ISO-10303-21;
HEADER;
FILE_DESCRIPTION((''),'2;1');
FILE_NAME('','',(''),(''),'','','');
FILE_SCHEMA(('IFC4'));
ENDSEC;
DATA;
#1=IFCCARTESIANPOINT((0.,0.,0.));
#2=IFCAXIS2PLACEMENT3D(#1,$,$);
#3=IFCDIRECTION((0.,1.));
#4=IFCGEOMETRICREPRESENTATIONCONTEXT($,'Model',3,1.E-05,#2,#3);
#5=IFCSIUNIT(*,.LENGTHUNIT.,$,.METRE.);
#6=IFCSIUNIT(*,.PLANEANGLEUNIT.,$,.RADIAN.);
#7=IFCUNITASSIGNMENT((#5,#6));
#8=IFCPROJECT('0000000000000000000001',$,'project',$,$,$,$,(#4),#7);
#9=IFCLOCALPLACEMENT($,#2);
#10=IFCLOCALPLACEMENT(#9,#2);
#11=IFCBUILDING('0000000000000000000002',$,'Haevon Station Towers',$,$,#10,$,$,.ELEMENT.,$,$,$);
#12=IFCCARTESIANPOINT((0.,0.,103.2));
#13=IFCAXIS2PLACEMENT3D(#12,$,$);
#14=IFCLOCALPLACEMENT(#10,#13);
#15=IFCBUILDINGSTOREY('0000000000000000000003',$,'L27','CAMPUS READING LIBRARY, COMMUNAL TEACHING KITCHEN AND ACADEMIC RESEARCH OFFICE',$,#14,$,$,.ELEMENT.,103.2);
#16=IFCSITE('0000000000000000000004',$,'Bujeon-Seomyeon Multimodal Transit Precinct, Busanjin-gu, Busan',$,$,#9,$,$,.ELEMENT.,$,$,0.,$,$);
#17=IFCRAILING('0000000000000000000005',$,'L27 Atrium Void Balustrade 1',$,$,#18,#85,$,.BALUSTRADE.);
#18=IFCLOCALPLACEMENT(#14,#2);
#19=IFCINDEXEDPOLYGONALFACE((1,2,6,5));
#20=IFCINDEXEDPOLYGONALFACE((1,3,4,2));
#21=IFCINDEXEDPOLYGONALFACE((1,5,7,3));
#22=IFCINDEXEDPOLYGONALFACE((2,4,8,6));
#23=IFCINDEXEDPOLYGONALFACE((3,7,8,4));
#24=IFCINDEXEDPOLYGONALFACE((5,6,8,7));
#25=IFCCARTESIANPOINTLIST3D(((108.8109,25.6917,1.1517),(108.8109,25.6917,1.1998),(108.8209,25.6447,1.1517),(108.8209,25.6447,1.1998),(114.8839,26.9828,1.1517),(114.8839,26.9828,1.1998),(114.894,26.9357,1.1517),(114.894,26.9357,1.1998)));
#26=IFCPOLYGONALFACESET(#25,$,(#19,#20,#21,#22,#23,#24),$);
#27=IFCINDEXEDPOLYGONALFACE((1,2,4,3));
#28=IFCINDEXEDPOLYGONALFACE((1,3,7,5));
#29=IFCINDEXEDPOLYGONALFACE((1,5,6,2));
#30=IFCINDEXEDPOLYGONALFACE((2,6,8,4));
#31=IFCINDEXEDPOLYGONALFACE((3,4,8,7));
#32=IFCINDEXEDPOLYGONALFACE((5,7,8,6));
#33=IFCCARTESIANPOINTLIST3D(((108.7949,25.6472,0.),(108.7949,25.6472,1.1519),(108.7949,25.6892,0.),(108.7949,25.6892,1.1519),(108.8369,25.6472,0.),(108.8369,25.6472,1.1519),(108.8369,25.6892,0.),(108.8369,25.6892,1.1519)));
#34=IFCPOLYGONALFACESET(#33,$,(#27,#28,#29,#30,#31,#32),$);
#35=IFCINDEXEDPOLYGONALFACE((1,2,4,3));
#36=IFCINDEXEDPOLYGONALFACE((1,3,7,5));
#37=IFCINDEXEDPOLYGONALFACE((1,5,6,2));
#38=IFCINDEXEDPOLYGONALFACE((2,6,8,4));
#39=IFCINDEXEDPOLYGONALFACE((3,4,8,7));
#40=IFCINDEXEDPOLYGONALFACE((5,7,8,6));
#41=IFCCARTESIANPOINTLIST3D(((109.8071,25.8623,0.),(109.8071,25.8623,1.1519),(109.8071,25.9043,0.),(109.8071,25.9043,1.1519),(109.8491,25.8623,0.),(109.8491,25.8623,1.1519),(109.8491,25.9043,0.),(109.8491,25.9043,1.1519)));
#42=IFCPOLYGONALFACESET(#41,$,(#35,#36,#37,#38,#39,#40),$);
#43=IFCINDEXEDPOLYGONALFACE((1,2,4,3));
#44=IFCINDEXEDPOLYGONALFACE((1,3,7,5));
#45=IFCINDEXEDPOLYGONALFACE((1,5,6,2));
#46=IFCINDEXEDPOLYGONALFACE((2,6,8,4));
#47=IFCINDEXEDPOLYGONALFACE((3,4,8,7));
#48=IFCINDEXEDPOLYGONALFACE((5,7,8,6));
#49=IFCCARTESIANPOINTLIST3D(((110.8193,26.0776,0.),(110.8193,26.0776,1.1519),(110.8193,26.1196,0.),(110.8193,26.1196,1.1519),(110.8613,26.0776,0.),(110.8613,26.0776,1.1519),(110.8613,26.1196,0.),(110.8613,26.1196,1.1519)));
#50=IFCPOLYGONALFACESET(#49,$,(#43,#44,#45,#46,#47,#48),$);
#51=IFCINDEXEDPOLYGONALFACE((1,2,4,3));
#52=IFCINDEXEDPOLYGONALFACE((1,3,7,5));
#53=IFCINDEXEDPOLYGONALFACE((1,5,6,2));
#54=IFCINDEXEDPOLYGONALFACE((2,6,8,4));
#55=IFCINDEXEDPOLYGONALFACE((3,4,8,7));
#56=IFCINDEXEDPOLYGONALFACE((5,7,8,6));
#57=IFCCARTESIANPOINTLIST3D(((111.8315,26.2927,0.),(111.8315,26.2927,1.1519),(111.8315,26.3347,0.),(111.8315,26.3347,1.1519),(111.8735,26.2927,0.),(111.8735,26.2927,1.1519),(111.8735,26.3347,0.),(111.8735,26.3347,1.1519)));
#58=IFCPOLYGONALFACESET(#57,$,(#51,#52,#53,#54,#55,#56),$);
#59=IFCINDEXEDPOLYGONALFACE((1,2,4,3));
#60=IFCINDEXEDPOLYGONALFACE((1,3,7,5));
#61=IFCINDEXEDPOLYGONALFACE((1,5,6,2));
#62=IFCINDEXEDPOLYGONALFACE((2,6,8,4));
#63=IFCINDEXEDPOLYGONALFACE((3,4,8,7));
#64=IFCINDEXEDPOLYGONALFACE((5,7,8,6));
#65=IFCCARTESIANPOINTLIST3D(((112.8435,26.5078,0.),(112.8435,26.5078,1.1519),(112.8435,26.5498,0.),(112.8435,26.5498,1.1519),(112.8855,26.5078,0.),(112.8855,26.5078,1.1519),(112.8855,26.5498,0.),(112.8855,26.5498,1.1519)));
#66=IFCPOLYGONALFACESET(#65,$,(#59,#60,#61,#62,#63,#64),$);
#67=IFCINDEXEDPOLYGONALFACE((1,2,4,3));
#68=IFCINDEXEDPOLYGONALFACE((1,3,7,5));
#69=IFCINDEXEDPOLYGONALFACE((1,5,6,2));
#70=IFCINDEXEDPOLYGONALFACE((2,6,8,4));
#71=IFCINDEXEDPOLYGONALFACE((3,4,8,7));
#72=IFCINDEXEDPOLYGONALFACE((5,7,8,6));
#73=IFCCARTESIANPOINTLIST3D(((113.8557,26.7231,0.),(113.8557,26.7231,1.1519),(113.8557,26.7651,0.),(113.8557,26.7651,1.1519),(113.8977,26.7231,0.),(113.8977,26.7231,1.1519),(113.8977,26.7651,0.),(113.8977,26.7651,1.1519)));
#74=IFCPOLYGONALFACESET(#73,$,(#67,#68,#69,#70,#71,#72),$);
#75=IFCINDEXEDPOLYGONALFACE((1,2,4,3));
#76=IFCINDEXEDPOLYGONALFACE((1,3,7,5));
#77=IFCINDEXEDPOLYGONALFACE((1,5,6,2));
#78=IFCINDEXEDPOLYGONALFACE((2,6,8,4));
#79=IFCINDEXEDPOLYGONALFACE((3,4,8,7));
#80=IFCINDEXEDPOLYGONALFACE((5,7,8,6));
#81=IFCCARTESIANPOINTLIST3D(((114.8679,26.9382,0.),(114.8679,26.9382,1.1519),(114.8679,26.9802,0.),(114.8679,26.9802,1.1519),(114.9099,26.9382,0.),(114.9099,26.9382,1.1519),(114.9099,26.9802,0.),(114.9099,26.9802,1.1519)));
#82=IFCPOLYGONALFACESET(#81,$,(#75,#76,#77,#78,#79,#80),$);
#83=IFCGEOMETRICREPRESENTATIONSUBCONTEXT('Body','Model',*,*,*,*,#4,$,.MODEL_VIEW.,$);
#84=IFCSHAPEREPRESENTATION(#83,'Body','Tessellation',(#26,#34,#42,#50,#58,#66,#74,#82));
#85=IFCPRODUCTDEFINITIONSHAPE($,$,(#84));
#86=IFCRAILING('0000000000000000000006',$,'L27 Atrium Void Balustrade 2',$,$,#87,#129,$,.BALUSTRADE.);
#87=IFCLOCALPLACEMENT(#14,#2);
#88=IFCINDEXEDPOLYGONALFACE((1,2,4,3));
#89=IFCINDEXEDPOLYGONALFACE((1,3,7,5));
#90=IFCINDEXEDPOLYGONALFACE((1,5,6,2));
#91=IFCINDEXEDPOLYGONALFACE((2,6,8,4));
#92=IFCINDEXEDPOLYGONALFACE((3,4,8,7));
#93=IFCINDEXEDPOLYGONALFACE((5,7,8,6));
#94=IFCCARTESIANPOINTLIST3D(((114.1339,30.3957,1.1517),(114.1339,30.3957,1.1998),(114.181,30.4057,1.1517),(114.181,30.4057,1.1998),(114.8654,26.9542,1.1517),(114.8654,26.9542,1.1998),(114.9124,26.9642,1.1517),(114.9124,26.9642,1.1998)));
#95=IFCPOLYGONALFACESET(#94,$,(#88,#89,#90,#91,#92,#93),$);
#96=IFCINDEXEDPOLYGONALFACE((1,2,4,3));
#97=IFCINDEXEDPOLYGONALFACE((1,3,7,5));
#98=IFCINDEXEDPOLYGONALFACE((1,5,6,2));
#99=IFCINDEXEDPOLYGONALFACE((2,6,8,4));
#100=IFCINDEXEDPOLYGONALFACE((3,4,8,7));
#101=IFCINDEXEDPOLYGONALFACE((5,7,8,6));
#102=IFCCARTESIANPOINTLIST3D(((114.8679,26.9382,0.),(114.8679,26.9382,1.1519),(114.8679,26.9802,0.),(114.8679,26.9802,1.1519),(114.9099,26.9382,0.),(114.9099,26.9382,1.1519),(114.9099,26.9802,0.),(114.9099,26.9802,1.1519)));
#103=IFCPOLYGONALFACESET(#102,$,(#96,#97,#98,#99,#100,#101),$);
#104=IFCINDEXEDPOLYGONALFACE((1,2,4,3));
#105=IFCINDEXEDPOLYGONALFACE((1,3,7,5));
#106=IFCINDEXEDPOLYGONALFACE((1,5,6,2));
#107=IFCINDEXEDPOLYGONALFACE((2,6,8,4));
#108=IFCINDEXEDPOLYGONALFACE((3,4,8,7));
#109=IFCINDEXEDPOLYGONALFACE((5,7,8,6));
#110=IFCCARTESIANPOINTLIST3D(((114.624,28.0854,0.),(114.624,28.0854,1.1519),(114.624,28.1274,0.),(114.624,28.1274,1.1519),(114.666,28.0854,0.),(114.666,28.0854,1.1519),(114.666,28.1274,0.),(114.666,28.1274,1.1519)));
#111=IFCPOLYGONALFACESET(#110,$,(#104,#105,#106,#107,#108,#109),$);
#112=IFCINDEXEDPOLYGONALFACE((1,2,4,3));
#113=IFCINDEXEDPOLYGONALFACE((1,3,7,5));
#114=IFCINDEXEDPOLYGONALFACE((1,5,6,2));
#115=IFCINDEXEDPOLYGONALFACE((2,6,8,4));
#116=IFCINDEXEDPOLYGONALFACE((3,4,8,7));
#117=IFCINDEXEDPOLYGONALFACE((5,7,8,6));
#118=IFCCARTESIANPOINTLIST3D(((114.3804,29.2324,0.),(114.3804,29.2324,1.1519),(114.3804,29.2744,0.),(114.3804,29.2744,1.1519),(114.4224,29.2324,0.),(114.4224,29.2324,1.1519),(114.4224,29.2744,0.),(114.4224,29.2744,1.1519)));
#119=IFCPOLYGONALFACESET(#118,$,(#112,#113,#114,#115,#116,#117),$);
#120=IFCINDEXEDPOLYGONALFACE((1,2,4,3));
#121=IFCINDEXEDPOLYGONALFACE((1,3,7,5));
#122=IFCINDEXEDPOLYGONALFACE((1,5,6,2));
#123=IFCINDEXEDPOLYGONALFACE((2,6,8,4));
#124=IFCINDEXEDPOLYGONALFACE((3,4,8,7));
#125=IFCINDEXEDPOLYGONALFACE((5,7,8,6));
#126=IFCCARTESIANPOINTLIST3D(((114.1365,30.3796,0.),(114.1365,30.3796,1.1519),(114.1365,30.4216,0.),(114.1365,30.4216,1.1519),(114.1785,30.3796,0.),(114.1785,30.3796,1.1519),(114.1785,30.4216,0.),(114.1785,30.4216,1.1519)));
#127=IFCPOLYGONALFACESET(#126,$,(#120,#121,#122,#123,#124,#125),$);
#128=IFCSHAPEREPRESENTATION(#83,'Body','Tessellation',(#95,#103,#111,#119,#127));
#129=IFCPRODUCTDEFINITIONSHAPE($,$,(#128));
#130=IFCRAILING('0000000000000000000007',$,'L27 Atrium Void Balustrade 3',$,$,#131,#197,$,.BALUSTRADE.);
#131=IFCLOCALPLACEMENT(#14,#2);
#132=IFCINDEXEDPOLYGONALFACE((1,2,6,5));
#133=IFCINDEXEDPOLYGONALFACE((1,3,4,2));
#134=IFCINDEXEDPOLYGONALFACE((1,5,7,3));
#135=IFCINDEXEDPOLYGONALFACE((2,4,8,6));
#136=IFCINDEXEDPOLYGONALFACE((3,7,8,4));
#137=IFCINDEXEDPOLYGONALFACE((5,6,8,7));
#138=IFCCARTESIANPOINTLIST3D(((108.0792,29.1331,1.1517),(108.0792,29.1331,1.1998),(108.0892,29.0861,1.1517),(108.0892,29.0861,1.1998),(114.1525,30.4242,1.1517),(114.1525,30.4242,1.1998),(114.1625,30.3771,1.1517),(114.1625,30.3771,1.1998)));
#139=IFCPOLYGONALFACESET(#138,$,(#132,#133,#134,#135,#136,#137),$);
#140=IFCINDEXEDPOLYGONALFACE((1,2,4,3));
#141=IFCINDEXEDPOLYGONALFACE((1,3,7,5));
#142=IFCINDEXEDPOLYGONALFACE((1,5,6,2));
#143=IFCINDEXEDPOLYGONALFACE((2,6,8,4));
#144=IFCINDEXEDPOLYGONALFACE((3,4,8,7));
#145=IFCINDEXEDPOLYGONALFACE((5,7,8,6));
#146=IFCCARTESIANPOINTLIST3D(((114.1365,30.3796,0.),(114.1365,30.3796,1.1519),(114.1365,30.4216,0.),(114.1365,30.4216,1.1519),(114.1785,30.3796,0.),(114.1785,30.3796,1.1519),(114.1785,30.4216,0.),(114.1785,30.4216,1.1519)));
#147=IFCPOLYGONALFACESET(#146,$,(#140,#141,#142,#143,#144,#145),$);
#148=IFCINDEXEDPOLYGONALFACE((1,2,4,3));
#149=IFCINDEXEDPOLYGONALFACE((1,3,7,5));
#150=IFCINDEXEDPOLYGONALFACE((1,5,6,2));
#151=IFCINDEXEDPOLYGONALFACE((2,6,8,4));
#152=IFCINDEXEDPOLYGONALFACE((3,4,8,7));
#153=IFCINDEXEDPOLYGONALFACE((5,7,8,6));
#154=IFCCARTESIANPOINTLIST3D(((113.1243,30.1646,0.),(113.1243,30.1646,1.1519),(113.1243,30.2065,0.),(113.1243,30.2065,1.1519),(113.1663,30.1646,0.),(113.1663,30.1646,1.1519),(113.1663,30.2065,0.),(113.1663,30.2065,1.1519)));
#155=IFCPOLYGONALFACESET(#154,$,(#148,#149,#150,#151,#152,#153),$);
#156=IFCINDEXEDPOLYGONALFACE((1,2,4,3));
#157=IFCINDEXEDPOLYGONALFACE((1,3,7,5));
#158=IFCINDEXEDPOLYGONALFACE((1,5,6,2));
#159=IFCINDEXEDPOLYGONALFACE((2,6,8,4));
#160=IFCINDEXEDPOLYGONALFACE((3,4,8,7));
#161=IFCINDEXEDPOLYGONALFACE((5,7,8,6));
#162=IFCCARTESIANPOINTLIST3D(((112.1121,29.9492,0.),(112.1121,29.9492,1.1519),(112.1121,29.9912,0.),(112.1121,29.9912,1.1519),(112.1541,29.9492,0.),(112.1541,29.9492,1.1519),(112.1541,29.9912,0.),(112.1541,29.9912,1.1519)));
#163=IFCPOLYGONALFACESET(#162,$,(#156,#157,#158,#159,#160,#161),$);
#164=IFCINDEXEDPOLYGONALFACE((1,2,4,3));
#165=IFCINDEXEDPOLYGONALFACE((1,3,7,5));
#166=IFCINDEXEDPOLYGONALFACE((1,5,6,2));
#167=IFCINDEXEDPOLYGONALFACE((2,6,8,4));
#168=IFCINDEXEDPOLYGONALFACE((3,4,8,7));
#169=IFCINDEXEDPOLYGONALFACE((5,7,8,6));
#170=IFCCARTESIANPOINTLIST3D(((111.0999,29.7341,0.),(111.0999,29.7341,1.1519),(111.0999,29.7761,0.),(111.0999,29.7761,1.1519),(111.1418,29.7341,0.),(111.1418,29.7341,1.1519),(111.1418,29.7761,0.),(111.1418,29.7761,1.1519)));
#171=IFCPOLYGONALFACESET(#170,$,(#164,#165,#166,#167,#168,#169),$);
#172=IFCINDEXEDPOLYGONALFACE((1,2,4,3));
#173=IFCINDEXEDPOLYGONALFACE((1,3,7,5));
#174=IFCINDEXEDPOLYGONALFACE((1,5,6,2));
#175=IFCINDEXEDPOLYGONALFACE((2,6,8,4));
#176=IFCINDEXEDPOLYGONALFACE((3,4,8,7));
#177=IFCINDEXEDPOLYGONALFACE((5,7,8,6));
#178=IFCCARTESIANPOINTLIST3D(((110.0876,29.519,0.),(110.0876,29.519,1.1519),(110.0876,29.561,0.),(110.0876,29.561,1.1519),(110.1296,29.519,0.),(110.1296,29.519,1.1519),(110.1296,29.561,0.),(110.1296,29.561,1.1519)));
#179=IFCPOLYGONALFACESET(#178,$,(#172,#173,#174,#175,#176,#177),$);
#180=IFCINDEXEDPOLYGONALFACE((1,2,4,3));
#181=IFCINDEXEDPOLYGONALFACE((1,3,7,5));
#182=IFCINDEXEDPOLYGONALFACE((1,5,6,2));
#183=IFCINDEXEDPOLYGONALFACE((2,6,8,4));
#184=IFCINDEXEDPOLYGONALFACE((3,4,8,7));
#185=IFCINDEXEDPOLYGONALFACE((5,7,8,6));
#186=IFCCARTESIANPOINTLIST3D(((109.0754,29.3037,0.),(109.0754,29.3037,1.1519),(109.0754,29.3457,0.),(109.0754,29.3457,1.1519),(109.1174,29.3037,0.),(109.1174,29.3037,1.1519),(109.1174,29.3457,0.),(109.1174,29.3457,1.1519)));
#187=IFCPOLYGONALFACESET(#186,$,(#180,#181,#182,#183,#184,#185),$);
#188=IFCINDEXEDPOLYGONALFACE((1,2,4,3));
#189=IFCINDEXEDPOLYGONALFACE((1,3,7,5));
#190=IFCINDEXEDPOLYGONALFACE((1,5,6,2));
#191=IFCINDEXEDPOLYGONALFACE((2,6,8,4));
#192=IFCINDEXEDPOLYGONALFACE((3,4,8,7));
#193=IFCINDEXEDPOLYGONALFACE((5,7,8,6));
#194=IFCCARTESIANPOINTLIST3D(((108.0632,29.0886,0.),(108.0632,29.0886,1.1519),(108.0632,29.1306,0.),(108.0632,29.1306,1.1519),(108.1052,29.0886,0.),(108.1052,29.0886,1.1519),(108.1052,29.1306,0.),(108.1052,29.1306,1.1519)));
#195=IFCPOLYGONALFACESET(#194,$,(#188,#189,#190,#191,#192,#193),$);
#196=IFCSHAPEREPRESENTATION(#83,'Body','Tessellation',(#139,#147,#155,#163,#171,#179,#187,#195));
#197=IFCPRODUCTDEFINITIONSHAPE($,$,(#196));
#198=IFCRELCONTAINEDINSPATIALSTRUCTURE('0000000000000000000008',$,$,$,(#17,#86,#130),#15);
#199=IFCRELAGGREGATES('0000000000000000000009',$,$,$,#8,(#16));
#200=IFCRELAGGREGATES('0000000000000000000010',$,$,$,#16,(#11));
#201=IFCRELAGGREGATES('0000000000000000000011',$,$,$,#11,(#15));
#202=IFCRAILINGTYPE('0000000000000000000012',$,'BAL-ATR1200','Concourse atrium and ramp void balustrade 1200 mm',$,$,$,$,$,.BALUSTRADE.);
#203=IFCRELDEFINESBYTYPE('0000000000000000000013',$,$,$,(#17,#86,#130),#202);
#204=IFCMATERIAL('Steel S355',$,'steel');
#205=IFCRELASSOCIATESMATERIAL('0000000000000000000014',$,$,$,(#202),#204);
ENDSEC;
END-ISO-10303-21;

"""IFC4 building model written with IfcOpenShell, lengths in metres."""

from ifc_helpers import new_model, si_unit, direction, frame, origin, origin_2d, place, context, subcontext, project, spatial, rectangle, extrude, material, type_object, element, save


model = new_model("IFC4")

# Units and contexts
model_context = context("Model", 3, precision=1e-05, world=origin(), true_north=direction((0.0, 1.0)))
body_context = subcontext(model_context, "Body", "Model", "MODEL_VIEW")
ifc_project = project(units=[si_unit("LENGTHUNIT", "METRE"), si_unit("PLANEANGLEUNIT", "RADIAN")], contexts=[model_context])

# Site, building, storey
site_placement = place(None, origin())
site = spatial("IfcSite", under=ifc_project, at=site_placement, Name="Bujeon-Seomyeon Multimodal Transit Precinct, Busanjin-gu, Busan", CompositionType="ELEMENT", RefElevation=0.0)
building_placement = place(site_placement, origin())
building = spatial("IfcBuilding", under=site, at=building_placement, Name="Haevon Station Towers", CompositionType="ELEMENT")
storey_placement = place(building_placement, frame((0.0, 0.0, 103.2)))
storey = spatial("IfcBuildingStorey", under=building, at=storey_placement, Name="L27", Description="CAMPUS READING LIBRARY, COMMUNAL TEACHING KITCHEN AND ACADEMIC RESEARCH OFFICE", CompositionType="ELEMENT", Elevation=103.2)

# Shared definitions
ifc_material_1 = material(Name="Steel S355", Category="steel")

# Railings
railing_type_1 = type_object("IfcRailingType", Name="BAL-ATR1200", Description="Concourse atrium and ramp void balustrade 1200 mm", PredefinedType="BALUSTRADE", material=ifc_material_1)
railing_1_placement = place(storey_placement, frame((108.8159, 25.6682, 0.0)))
element("IfcRailing", 1, at=railing_1_placement, inside=storey, type_object=railing_type_1, Name="L27 Atrium Void Balustrade 1", PredefinedType="BALUSTRADE", context=body_context, shape_type="SweptSolid", body=[
    extrude(rectangle(XDim=0.0481, YDim=0.0481, at=origin_2d()), frame((0.0, 0.0, 1.1758), z_axis=(0.978142, 0.207936, 0.0), x_axis=(-0.207936, 0.978142, 0.0)), (0.0, 0.0, 1.0), 6.2087),
    extrude(rectangle(XDim=0.042, YDim=0.042, at=origin_2d()), origin(), (0.0, 0.0, 1.0), 1.1519),
    extrude(rectangle(XDim=0.042, YDim=0.042, at=origin_2d()), frame((1.0122, 0.2151, 0.0)), (0.0, 0.0, 1.0), 1.1519),
    extrude(rectangle(XDim=0.042, YDim=0.042, at=origin_2d()), frame((2.0244, 0.4304, 0.0)), (0.0, 0.0, 1.0), 1.1519),
    extrude(rectangle(XDim=0.042, YDim=0.042, at=origin_2d()), frame((3.0366, 0.6455, 0.0)), (0.0, 0.0, 1.0), 1.1519),
    extrude(rectangle(XDim=0.042, YDim=0.042, at=origin_2d()), frame((4.0486, 0.8606, 0.0)), (0.0, 0.0, 1.0), 1.1519),
    extrude(rectangle(XDim=0.042, YDim=0.042, at=origin_2d()), frame((5.0608, 1.0759, 0.0)), (0.0, 0.0, 1.0), 1.1519),
    extrude(rectangle(XDim=0.042, YDim=0.042, at=origin_2d()), frame((6.073, 1.291, 0.0)), (0.0, 0.0, 1.0), 1.1519),
])
railing_2_placement = place(storey_placement, frame((114.8889, 26.9592, 0.0)))
element("IfcRailing", 2, at=railing_2_placement, inside=storey, type_object=railing_type_1, Name="L27 Atrium Void Balustrade 2", PredefinedType="BALUSTRADE", context=body_context, shape_type="SweptSolid", body=[
    extrude(rectangle(XDim=0.0481, YDim=0.0481, at=origin_2d()), frame((0.0, 0.0, 1.1758), z_axis=(-0.207899, 0.97815, 0.0), x_axis=(-0.97815, -0.207899, 0.0)), (0.0, 0.0, 1.0), 3.5183),
    extrude(rectangle(XDim=0.042, YDim=0.042, at=origin_2d()), origin(), (0.0, 0.0, 1.0), 1.1519),
    extrude(rectangle(XDim=0.042, YDim=0.042, at=origin_2d()), frame((-0.2439, 1.1472, 0.0)), (0.0, 0.0, 1.0), 1.1519),
    extrude(rectangle(XDim=0.042, YDim=0.042, at=origin_2d()), frame((-0.4875, 2.2942, 0.0)), (0.0, 0.0, 1.0), 1.1519),
    extrude(rectangle(XDim=0.042, YDim=0.042, at=origin_2d()), frame((-0.7314, 3.4414, 0.0)), (0.0, 0.0, 1.0), 1.1519),
])
railing_3_placement = place(storey_placement, frame((114.1575, 30.4006, 0.0)))
element("IfcRailing", 3, at=railing_3_placement, inside=storey, type_object=railing_type_1, Name="L27 Atrium Void Balustrade 3", PredefinedType="BALUSTRADE", context=body_context, shape_type="SweptSolid", body=[
    extrude(rectangle(XDim=0.0481, YDim=0.0481, at=origin_2d()), frame((0.0, 0.0, 1.1758), z_axis=(-0.978144, -0.207928, 0.0), x_axis=(0.207928, -0.978144, 0.0)), (0.0, 0.0, 1.0), 6.209),
    extrude(rectangle(XDim=0.042, YDim=0.042, at=origin_2d()), origin(), (0.0, 0.0, 1.0), 1.1519),
    extrude(rectangle(XDim=0.042, YDim=0.042, at=origin_2d()), frame((-1.0122, -0.2151, 0.0)), (0.0, 0.0, 1.0), 1.1519),
    extrude(rectangle(XDim=0.042, YDim=0.042, at=origin_2d()), frame((-2.0244, -0.4304, 0.0)), (0.0, 0.0, 1.0), 1.1519),
    extrude(rectangle(XDim=0.042, YDim=0.042, at=origin_2d()), frame((-3.0366, -0.6455, 0.0)), (0.0, 0.0, 1.0), 1.1519),
    extrude(rectangle(XDim=0.042, YDim=0.042, at=origin_2d()), frame((-4.0488, -0.8606, 0.0)), (0.0, 0.0, 1.0), 1.1519),
    extrude(rectangle(XDim=0.042, YDim=0.042, at=origin_2d()), frame((-5.061, -1.0759, 0.0)), (0.0, 0.0, 1.0), 1.1519),
    extrude(rectangle(XDim=0.042, YDim=0.042, at=origin_2d()), frame((-6.0732, -1.291, 0.0)), (0.0, 0.0, 1.0), 1.1519),
])

save(model, "model.ifc")
